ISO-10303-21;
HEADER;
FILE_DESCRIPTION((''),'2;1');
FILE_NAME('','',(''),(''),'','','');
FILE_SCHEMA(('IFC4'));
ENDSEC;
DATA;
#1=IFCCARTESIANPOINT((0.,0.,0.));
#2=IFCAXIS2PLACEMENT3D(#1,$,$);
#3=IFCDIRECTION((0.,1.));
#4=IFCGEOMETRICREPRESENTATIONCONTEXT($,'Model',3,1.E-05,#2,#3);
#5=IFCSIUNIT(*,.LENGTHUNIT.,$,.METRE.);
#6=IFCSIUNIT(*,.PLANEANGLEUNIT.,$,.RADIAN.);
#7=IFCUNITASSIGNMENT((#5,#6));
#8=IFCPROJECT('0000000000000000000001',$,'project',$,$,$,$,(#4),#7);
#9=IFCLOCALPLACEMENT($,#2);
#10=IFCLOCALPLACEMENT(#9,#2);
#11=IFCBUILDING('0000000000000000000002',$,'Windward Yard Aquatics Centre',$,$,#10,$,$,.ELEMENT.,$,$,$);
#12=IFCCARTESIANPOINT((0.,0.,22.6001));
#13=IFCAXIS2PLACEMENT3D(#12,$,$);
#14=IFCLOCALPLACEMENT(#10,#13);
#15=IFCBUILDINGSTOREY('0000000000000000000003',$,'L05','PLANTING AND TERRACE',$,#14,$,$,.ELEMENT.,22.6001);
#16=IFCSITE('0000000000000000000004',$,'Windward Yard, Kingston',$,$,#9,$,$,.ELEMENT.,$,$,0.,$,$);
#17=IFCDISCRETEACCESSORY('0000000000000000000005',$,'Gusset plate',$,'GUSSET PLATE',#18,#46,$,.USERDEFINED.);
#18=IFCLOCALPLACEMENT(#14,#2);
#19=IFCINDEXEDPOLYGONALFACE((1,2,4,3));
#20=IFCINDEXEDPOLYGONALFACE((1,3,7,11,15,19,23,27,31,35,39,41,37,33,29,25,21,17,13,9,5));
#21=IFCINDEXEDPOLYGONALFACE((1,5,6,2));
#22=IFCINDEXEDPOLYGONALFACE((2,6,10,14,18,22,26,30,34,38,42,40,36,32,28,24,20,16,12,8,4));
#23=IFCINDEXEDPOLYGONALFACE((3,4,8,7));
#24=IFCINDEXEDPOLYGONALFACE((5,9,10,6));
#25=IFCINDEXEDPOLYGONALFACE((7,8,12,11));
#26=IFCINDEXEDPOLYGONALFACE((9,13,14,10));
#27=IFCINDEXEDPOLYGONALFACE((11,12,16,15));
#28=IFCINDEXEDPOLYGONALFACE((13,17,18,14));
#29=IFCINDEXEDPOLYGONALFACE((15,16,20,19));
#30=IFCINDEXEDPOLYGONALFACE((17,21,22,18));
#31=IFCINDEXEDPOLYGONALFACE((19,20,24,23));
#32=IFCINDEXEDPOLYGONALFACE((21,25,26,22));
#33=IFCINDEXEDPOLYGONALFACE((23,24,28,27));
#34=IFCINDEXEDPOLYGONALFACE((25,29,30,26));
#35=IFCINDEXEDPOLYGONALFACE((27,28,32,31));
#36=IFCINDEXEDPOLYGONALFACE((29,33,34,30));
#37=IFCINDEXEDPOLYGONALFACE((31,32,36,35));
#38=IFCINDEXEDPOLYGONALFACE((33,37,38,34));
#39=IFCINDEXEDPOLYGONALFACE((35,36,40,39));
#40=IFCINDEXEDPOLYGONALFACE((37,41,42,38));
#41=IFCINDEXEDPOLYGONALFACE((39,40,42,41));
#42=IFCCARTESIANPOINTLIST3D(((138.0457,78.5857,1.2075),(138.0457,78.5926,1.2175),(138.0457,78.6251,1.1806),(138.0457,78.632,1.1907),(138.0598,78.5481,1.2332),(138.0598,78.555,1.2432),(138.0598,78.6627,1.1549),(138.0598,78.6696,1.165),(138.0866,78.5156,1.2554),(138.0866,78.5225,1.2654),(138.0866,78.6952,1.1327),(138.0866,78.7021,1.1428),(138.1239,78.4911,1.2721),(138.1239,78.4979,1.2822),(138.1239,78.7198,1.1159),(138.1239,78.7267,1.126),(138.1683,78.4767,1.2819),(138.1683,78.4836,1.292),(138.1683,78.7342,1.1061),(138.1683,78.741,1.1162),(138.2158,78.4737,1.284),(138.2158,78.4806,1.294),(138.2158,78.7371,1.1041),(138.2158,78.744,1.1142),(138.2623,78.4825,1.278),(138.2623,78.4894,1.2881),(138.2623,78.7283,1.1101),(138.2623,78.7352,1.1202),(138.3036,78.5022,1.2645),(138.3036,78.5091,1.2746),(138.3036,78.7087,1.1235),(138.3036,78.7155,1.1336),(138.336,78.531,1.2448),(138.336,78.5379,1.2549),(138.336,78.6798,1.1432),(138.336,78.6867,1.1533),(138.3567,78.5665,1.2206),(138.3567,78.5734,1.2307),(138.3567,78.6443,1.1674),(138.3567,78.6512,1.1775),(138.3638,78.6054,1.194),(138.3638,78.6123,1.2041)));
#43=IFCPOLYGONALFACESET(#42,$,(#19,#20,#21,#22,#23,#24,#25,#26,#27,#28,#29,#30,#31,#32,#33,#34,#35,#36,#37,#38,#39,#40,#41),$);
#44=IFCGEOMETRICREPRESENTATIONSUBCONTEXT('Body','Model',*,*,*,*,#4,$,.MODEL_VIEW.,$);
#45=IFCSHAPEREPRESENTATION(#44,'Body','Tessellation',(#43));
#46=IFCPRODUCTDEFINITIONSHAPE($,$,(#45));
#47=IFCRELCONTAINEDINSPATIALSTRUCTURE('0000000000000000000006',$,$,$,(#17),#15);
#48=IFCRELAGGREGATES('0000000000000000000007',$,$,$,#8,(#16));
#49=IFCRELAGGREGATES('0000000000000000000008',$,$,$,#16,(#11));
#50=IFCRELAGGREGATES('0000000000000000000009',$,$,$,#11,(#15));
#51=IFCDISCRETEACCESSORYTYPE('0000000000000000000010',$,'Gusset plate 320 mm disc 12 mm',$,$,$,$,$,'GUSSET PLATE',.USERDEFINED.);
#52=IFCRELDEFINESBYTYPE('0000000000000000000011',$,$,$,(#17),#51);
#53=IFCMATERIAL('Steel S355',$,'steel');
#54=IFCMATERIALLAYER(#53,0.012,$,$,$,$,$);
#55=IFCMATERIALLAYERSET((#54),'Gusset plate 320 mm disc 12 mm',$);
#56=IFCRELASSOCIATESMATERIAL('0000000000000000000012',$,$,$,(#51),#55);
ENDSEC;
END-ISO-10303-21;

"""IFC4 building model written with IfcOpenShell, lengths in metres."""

from ifc_helpers import new_model, si_unit, direction, frame, origin, origin_2d, place, context, subcontext, project, spatial, circle, extrude, material, layer, layer_set, type_object, element, save


model = new_model("IFC4")

# Units and contexts
model_context = context("Model", 3, precision=1e-05, world=origin(), true_north=direction((0.0, 1.0)))
body_context = subcontext(model_context, "Body", "Model", "MODEL_VIEW")
ifc_project = project(units=[si_unit("LENGTHUNIT", "METRE"), si_unit("PLANEANGLEUNIT", "RADIAN")], contexts=[model_context])

# Site, building, storey
site_placement = place(None, origin())
site = spatial("IfcSite", under=ifc_project, at=site_placement, Name="Windward Yard, Kingston", CompositionType="ELEMENT", RefElevation=0.0)
building_placement = place(site_placement, origin())
building = spatial("IfcBuilding", under=site, at=building_placement, Name="Windward Yard Aquatics Centre", CompositionType="ELEMENT")
storey_placement = place(building_placement, frame((0.0, 0.0, 22.6001)))
storey = spatial("IfcBuildingStorey", under=building, at=storey_placement, Name="L05", Description="PLANTING AND TERRACE", CompositionType="ELEMENT", Elevation=22.6001)

# Discrete accessory
ifc_material_1 = material(Name="Steel S355", Category="steel")
ifc_layer = layer(ifc_material_1, 0.012)
ifc_layer_set = layer_set([ifc_layer], Name="Gusset plate 320 mm disc 12 mm")
discrete_accessory_type = type_object("IfcDiscreteAccessoryType", Name="Gusset plate 320 mm disc 12 mm", ElementType="GUSSET PLATE", PredefinedType="USERDEFINED", material=ifc_layer_set)
discrete_accessory_1_placement = place(storey_placement, frame((138.2039, 78.6123, 1.2041), z_axis=(0.0, -0.563962, -0.825801), x_axis=(1.0, 0.0, 0.0)))
element("IfcDiscreteAccessory", 1, at=discrete_accessory_1_placement, inside=storey, type_object=discrete_accessory_type, Name="Gusset plate", ObjectType="GUSSET PLATE", PredefinedType="USERDEFINED", context=body_context, shape_type="SweptSolid", body=[
    extrude(circle(Radius=0.1599, at=origin_2d()), origin(), (0.0, 0.0, 1.0), 0.0122),
])

save(model, "model.ifc")
